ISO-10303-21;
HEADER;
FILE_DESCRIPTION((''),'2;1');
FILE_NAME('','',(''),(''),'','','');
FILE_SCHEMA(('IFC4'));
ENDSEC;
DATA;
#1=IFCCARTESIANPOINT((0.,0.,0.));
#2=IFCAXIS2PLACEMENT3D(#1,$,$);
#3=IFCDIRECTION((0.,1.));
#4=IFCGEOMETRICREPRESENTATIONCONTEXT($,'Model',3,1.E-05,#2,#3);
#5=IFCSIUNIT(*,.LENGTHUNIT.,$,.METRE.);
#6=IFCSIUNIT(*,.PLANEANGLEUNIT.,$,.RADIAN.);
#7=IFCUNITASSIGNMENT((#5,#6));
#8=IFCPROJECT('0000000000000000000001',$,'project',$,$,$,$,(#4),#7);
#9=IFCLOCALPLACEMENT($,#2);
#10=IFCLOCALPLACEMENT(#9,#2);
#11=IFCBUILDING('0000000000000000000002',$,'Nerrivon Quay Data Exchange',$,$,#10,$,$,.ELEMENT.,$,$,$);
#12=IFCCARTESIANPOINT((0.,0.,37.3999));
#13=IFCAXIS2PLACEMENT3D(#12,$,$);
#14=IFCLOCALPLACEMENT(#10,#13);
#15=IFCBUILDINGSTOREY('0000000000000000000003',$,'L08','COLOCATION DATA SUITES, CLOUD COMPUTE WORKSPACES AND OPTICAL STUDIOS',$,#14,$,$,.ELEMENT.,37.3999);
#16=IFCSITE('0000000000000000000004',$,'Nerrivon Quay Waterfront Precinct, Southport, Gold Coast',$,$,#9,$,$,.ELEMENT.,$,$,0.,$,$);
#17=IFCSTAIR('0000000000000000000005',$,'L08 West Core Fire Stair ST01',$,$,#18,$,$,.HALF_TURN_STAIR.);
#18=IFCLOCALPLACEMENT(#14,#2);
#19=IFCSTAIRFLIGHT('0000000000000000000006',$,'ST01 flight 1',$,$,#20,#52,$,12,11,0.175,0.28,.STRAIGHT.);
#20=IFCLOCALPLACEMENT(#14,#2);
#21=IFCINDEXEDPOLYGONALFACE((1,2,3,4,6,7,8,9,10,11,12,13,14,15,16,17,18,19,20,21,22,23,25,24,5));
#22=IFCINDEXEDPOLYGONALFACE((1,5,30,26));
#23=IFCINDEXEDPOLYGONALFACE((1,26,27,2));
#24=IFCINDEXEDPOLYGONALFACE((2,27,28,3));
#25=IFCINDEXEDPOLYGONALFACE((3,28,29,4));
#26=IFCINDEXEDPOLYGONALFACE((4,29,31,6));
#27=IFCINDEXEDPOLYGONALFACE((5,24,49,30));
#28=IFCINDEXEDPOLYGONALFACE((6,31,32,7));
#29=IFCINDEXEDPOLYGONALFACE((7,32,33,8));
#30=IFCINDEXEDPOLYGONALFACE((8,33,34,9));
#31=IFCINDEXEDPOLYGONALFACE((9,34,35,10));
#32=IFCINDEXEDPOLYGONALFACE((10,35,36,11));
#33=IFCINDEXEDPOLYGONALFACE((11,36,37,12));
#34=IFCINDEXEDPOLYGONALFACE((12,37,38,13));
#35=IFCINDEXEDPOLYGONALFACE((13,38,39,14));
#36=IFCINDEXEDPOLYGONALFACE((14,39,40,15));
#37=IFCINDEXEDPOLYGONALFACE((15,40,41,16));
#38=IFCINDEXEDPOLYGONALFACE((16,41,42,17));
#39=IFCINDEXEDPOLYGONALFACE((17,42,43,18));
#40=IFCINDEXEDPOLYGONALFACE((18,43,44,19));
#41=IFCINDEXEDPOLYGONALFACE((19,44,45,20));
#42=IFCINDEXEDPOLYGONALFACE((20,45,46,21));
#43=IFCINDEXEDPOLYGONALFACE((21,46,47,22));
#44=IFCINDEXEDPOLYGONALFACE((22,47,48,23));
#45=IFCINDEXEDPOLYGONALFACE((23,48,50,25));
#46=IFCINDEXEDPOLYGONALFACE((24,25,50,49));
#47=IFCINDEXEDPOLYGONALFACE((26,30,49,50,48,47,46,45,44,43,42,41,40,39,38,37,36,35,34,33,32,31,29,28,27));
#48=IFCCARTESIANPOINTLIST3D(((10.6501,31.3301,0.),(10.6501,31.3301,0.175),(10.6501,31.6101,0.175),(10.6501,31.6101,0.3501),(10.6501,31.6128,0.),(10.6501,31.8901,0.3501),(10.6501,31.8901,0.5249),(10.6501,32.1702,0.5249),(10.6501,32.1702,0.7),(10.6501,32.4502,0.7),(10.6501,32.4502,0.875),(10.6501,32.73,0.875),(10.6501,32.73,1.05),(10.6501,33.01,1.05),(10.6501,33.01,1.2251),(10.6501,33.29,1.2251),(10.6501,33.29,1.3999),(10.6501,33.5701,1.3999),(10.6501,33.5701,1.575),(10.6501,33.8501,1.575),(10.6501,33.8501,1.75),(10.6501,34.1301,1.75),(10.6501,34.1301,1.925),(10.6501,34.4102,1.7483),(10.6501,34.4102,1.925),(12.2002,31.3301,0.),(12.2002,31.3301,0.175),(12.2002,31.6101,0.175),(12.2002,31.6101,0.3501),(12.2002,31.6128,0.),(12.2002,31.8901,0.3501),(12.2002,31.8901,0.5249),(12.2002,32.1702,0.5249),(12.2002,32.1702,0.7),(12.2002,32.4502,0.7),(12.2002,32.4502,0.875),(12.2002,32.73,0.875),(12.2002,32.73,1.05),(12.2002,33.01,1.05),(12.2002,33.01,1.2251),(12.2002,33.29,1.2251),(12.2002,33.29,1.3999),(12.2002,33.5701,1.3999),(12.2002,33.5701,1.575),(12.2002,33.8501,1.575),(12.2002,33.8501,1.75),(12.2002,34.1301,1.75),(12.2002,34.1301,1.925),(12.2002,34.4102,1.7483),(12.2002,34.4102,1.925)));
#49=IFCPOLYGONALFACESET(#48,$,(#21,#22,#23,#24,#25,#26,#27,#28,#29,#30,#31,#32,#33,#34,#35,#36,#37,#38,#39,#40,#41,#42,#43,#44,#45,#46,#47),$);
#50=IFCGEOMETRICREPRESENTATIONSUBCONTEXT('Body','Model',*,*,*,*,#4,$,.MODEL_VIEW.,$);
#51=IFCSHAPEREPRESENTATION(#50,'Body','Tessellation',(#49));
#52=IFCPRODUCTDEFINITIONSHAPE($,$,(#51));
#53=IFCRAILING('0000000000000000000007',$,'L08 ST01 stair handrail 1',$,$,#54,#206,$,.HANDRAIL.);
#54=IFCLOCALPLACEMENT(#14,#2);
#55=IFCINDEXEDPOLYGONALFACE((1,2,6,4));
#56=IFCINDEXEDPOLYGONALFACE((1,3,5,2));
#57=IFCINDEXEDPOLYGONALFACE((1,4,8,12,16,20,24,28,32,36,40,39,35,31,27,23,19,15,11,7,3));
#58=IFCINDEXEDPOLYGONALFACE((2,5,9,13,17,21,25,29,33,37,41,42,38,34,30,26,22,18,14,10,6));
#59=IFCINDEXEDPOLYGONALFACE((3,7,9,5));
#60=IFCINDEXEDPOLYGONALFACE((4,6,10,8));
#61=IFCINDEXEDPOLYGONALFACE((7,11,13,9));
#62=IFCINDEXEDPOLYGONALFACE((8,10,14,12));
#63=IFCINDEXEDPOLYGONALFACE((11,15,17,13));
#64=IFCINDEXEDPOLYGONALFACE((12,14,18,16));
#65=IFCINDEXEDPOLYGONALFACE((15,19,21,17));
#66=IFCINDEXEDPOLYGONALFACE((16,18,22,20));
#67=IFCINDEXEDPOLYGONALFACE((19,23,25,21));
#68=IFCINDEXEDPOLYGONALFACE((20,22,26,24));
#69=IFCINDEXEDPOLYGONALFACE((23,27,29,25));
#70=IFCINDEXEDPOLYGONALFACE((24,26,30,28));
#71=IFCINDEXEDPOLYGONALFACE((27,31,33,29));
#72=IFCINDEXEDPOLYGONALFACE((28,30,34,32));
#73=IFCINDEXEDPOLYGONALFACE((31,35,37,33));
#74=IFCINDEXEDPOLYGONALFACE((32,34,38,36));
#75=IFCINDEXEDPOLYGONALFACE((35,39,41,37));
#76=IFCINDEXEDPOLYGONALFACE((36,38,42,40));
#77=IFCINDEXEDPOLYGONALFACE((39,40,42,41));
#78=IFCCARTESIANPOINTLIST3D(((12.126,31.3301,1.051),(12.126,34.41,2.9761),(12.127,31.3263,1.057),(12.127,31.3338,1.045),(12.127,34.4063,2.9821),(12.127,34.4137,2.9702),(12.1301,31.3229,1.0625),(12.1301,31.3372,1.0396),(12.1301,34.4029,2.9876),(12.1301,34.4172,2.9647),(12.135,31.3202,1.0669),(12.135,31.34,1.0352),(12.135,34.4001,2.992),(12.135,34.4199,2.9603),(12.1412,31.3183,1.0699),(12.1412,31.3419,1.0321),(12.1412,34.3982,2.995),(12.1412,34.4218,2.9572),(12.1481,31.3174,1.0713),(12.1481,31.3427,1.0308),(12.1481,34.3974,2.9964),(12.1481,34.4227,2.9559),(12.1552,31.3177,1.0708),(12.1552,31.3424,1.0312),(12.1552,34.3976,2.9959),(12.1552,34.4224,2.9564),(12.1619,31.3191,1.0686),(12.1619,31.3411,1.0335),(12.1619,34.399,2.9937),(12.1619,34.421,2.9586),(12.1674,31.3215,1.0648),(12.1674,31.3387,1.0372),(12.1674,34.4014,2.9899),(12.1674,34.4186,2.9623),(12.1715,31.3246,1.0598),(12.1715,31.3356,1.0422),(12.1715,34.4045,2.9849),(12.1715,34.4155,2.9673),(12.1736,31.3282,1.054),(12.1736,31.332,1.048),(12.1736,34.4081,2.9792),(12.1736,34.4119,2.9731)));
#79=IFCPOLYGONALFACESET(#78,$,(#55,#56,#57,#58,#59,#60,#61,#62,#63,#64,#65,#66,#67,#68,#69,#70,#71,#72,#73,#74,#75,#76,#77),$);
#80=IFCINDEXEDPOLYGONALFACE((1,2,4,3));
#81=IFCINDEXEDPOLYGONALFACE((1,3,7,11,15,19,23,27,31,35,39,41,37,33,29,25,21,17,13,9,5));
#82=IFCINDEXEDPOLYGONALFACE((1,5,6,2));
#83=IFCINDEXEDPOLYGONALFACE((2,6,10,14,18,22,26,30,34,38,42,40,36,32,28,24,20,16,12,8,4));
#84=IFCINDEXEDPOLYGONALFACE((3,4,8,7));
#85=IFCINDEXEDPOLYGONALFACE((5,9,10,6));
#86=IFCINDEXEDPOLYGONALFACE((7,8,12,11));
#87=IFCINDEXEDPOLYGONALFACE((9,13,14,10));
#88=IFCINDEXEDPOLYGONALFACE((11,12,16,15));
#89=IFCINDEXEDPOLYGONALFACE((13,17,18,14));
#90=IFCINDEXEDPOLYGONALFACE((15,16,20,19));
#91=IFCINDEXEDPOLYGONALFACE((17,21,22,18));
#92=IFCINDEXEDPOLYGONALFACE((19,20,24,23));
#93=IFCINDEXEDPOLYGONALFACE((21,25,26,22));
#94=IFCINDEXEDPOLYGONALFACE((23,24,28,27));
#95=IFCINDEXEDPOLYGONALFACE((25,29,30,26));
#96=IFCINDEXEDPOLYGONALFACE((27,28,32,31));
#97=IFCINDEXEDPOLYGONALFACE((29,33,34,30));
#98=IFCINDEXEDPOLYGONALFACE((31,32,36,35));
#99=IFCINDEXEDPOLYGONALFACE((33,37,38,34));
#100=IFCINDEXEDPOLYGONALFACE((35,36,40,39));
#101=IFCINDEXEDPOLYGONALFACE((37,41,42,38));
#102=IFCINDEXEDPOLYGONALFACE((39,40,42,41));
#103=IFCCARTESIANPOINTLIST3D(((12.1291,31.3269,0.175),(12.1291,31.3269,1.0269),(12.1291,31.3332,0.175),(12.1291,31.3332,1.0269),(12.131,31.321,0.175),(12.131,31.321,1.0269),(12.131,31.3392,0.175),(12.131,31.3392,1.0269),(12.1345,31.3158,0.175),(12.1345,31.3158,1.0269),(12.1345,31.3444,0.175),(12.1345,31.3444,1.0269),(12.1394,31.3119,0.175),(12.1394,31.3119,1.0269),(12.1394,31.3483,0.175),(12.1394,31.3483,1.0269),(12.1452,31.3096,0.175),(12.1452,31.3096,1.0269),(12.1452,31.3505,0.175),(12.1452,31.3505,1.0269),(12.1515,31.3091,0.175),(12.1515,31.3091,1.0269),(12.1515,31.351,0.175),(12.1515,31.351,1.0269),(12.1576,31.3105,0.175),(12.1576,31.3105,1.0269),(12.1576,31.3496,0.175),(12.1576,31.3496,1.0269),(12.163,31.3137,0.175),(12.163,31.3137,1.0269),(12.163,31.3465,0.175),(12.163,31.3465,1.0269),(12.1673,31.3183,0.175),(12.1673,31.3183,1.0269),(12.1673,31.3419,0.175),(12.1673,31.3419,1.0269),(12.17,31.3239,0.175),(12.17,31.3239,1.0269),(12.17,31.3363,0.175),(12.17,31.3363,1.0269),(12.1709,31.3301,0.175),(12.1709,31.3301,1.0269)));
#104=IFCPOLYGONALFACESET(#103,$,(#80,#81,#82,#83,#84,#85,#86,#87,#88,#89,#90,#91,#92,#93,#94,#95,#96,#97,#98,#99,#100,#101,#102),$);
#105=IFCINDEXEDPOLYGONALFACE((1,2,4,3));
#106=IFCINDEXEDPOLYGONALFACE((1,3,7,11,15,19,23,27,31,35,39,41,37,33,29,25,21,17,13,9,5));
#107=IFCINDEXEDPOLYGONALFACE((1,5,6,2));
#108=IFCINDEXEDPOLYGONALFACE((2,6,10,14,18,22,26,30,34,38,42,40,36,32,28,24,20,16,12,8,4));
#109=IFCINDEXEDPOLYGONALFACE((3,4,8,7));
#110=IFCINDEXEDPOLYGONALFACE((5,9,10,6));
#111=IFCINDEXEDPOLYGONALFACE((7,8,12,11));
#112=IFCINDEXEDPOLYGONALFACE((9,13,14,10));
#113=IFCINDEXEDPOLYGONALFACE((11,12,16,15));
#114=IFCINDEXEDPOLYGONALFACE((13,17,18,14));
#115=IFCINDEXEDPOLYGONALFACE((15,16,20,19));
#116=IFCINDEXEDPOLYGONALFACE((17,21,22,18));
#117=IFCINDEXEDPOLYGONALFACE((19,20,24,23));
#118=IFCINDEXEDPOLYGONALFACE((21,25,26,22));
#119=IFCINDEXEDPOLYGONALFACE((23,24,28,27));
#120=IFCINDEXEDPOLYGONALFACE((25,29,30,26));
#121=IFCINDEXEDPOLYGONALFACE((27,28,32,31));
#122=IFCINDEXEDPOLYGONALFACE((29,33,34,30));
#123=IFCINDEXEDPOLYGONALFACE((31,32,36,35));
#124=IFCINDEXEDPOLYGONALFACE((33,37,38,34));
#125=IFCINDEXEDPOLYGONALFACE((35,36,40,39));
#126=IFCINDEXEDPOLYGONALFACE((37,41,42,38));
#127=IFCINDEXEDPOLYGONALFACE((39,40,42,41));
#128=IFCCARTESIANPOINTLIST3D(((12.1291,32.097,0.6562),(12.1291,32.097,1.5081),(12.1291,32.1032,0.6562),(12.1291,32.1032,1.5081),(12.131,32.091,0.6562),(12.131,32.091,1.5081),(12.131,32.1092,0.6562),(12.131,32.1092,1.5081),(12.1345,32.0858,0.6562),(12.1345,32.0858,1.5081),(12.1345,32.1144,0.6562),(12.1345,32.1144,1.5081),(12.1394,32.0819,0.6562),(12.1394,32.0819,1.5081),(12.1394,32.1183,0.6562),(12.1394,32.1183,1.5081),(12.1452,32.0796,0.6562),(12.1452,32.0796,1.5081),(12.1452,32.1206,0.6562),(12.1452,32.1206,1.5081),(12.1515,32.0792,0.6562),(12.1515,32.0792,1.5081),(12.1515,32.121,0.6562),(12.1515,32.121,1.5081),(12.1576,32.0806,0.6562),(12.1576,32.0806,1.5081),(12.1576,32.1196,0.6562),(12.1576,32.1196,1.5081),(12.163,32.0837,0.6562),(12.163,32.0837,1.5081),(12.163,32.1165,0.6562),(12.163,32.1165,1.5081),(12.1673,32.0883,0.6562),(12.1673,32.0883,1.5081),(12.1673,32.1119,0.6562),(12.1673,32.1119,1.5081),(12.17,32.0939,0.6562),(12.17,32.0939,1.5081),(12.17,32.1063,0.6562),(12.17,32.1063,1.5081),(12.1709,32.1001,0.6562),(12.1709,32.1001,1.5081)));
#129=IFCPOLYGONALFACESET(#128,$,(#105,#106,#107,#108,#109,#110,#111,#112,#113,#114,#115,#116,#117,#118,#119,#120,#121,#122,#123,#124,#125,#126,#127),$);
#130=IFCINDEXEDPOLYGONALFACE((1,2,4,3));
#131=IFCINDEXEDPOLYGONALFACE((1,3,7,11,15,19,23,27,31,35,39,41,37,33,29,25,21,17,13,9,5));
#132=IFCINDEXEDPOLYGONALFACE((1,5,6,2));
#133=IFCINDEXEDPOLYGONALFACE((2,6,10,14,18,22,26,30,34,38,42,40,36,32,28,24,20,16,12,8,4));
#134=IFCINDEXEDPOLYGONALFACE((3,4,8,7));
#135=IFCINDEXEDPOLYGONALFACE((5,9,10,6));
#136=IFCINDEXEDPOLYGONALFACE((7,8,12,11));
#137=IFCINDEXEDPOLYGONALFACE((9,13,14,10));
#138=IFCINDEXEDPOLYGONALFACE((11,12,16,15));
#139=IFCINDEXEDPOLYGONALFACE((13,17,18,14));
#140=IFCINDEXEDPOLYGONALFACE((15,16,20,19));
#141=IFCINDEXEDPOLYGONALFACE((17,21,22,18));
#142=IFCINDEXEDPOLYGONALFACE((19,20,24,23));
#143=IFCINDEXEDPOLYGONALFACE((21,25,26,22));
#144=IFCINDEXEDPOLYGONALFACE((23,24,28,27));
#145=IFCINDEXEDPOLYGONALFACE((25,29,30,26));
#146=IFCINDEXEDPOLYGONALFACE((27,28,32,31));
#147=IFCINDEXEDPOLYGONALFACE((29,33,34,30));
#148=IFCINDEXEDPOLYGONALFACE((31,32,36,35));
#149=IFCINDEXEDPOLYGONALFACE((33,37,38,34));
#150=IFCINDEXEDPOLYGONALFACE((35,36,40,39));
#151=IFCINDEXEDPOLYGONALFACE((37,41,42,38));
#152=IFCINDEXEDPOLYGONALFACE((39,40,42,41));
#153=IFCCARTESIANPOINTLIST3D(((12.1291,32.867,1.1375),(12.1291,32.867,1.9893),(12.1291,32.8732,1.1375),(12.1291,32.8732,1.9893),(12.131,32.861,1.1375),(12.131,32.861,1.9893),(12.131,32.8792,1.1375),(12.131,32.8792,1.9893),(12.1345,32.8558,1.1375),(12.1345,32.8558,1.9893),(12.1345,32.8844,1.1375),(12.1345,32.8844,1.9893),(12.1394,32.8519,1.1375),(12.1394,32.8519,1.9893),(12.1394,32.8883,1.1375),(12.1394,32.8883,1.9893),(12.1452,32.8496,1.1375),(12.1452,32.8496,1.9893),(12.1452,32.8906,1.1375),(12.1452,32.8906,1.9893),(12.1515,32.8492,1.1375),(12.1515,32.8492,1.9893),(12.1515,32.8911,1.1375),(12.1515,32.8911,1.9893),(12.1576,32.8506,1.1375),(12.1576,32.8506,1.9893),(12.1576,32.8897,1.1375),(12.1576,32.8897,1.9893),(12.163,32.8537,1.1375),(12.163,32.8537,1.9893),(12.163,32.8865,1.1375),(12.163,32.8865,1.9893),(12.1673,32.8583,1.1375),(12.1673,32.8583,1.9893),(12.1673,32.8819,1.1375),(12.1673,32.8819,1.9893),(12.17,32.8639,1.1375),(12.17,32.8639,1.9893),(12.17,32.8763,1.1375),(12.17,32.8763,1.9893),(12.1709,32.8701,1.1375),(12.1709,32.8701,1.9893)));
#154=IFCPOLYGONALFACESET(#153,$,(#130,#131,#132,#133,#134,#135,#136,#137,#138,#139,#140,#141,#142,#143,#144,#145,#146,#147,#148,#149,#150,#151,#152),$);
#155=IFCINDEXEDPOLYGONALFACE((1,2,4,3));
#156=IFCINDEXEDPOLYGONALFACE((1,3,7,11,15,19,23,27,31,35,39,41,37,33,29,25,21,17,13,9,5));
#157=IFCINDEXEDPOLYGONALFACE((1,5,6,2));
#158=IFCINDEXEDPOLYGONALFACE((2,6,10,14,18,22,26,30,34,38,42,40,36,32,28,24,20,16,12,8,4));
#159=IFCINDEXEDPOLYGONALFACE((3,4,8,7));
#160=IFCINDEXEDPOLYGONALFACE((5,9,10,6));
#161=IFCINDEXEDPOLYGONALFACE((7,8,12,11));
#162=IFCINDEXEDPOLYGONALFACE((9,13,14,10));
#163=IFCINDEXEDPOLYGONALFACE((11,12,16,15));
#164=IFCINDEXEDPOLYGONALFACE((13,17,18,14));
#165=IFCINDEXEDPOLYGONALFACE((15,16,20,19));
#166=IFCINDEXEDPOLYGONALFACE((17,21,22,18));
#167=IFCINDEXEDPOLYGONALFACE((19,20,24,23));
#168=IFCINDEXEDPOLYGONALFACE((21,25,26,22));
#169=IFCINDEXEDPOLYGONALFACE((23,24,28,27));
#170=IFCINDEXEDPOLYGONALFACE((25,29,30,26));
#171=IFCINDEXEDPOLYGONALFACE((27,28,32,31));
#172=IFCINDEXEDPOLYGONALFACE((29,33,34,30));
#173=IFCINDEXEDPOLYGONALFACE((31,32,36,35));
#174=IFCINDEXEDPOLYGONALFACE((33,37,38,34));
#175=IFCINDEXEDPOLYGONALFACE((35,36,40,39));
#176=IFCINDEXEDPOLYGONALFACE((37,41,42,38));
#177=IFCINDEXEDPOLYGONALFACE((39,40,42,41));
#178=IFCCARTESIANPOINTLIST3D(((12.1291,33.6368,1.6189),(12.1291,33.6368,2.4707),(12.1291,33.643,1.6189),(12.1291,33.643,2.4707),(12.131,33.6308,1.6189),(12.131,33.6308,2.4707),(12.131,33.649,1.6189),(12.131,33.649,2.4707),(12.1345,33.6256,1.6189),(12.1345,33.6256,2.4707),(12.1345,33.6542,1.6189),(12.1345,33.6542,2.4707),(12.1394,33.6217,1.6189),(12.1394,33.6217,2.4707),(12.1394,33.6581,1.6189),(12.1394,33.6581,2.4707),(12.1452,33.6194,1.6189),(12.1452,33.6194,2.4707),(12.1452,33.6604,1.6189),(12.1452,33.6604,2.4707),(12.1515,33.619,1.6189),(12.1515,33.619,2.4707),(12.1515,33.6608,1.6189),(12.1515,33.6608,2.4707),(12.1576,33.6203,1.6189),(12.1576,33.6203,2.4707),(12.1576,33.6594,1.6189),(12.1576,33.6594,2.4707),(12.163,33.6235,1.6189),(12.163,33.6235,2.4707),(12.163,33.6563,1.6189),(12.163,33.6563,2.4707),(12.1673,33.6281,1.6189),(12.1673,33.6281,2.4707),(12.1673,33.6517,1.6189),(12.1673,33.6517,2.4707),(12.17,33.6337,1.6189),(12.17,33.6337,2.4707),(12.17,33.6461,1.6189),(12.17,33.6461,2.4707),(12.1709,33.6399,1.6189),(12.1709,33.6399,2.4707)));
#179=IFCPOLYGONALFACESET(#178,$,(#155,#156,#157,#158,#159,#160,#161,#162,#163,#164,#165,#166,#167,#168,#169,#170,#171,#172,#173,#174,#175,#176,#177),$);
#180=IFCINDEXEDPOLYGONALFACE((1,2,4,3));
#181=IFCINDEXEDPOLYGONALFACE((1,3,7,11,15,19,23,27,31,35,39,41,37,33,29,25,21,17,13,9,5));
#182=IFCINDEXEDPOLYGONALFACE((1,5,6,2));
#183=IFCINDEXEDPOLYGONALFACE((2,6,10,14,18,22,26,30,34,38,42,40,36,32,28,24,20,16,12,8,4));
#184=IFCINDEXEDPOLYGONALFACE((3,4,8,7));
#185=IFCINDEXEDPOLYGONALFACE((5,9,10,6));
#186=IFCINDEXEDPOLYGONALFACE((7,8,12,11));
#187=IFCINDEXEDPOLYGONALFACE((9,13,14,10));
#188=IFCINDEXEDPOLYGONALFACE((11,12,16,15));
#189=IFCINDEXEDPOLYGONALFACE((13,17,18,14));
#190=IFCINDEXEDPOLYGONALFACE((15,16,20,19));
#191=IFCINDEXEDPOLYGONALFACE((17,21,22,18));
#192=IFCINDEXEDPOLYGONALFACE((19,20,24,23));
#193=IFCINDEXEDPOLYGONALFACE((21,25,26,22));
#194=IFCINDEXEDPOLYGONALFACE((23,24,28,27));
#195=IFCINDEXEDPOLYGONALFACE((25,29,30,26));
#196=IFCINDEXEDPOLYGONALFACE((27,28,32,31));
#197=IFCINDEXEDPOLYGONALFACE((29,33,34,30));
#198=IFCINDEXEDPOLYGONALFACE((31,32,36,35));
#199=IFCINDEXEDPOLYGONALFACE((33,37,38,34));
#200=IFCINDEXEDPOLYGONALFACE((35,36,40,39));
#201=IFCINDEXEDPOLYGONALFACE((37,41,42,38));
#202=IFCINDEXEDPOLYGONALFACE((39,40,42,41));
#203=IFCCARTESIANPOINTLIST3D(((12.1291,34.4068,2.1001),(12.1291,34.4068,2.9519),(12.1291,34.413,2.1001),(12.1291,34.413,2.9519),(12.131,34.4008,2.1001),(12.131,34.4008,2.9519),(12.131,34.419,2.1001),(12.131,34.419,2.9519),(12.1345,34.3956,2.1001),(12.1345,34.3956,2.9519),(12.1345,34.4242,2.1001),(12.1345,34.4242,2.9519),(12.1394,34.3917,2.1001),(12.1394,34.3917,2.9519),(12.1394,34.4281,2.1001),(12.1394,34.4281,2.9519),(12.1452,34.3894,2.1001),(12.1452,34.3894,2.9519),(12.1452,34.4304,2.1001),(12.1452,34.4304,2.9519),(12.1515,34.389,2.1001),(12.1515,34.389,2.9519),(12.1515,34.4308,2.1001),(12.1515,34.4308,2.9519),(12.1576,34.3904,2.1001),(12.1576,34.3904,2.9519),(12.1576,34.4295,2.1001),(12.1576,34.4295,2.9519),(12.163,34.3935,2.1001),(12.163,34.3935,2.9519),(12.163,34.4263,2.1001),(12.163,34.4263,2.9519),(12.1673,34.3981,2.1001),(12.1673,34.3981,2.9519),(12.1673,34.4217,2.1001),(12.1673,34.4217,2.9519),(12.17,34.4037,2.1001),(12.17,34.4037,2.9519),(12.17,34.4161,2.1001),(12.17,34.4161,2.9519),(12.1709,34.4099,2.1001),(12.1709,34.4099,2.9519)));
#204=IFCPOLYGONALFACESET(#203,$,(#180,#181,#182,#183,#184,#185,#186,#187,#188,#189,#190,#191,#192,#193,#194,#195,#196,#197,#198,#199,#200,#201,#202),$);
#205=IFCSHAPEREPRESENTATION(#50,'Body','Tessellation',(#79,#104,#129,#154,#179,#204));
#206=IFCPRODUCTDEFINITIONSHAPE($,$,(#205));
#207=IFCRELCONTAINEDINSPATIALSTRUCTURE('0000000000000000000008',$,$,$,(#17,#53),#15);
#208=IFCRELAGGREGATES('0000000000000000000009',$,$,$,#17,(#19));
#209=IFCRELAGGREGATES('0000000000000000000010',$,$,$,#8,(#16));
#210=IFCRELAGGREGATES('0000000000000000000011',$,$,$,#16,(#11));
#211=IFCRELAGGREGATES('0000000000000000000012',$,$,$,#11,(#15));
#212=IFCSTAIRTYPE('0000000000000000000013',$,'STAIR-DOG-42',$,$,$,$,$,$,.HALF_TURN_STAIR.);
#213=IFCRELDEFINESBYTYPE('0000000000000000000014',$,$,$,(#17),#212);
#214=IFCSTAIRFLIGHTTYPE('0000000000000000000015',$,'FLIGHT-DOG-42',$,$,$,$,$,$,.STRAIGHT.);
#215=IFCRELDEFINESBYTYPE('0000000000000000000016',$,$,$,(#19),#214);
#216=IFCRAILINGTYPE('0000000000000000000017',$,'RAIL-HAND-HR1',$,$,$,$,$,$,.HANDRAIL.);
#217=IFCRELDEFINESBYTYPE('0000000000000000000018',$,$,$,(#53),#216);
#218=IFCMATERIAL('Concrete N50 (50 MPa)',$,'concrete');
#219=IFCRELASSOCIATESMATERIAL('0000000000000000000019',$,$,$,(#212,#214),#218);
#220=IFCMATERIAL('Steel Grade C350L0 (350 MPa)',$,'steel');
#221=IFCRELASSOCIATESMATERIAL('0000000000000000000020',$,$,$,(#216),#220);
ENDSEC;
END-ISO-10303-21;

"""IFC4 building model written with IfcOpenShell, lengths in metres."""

from ifc_helpers import new_model, si_unit, direction, frame, origin, origin_2d, place, context, subcontext, project, spatial, polyline, circle, outline, extrude, material, type_object, element, aggregate, save


model = new_model("IFC4")

# Units and contexts
model_context = context("Model", 3, precision=1e-05, world=origin(), true_north=direction((0.0, 1.0)))
body_context = subcontext(model_context, "Body", "Model", "MODEL_VIEW")
ifc_project = project(units=[si_unit("LENGTHUNIT", "METRE"), si_unit("PLANEANGLEUNIT", "RADIAN")], contexts=[model_context])

# Site, building, storey
site_placement = place(None, origin())
site = spatial("IfcSite", under=ifc_project, at=site_placement, Name="Nerrivon Quay Waterfront Precinct, Southport, Gold Coast", CompositionType="ELEMENT", RefElevation=0.0)
building_placement = place(site_placement, origin())
building = spatial("IfcBuilding", under=site, at=building_placement, Name="Nerrivon Quay Data Exchange", CompositionType="ELEMENT")
storey_placement = place(building_placement, frame((0.0, 0.0, 37.3999)))
storey = spatial("IfcBuildingStorey", under=building, at=storey_placement, Name="L08", Description="COLOCATION DATA SUITES, CLOUD COMPUTE WORKSPACES AND OPTICAL STUDIOS", CompositionType="ELEMENT", Elevation=37.3999)

# Shared definitions
ifc_material_1 = material(Name="Concrete N50 (50 MPa)", Category="concrete")

# Stair, stair flight
stair_type = type_object("IfcStairType", Name="STAIR-DOG-42", PredefinedType="HALF_TURN_STAIR", material=ifc_material_1)
stair_placement = place(storey_placement, origin())
stair = element("IfcStair", 1, at=stair_placement, inside=storey, type_object=stair_type, Name="L08 West Core Fire Stair ST01", PredefinedType="HALF_TURN_STAIR")
stair_flight_type = type_object("IfcStairFlightType", Name="FLIGHT-DOG-42", PredefinedType="STRAIGHT", material=ifc_material_1)
stair_flight_placement = place(storey_placement, frame((11.425, 31.3301, 0.0), z_axis=(0.0, 0.0, 1.0), x_axis=(0.0, 1.0, 0.0)))
stair_flight = element("IfcStairFlight", 2, at=stair_flight_placement, type_object=stair_flight_type, Name="ST01 flight 1", NumberOfRisers=12, NumberOfTreads=11, PredefinedType="STRAIGHT", RiserHeight=0.175, TreadLength=0.28, context=body_context, shape_type="SweptSolid", body=[
    extrude(outline(polyline([(0.0, 0.0), (0.0, 0.175), (0.28, 0.175), (0.28, 0.3501), (0.5601, 0.3501), (0.5601, 0.5249), (0.8401, 0.5249), (0.8401, 0.7), (1.1201, 0.7), (1.1201, 0.875), (1.3999, 0.875), (1.3999, 1.05), (1.6799, 1.05), (1.6799, 1.2251), (1.96, 1.2251), (1.96, 1.3999), (2.24, 1.3999), (2.24, 1.575), (2.52, 1.575), (2.52, 1.75), (2.8, 1.75), (2.8, 1.925), (3.0801, 1.925), (3.0801, 2.1001), (3.0801, 1.7483), (0.2827, 0.0), (0.0, 0.0)])), frame((0.0, 0.7749, 0.0), z_axis=(0.0, -1.0, 0.0), x_axis=(1.0, 0.0, 0.0)), (0.0, 0.0, 1.0), 1.55),
])
aggregate(stair, [stair_flight])

# Railing
ifc_material_2 = material(Name="Steel Grade C350L0 (350 MPa)", Category="steel")
railing_type_1 = type_object("IfcRailingType", Name="RAIL-HAND-HR1", PredefinedType="HANDRAIL", material=ifc_material_2)
railing_1_placement = place(storey_placement, frame((12.1499, 31.3301, 0.175)))
element("IfcRailing", 3, at=railing_1_placement, inside=storey, type_object=railing_type_1, Name="L08 ST01 stair handrail 1", PredefinedType="HANDRAIL", context=body_context, shape_type="SweptSolid", body=[
    extrude(circle(Radius=0.0239, at=origin_2d()), frame((0.0, 0.0, 0.876), z_axis=(0.0, 0.847979, 0.530029), x_axis=(-1.0, 0.0, 0.0)), (0.0, 0.0, 1.0), 3.6321),
    extrude(circle(Radius=0.021, at=origin_2d()), origin(), (0.0, 0.0, 1.0), 0.8518),
    extrude(circle(Radius=0.021, at=origin_2d()), frame((0.0, 0.77, 0.4812)), (0.0, 0.0, 1.0), 0.8518),
    extrude(circle(Radius=0.021, at=origin_2d()), frame((0.0, 1.54, 0.9624)), (0.0, 0.0, 1.0), 0.8518),
    extrude(circle(Radius=0.021, at=origin_2d()), frame((0.0, 2.3098, 1.4438)), (0.0, 0.0, 1.0), 0.8518),
    extrude(circle(Radius=0.021, at=origin_2d()), frame((0.0, 3.0798, 1.925)), (0.0, 0.0, 1.0), 0.8518),
])

save(model, "model.ifc")
